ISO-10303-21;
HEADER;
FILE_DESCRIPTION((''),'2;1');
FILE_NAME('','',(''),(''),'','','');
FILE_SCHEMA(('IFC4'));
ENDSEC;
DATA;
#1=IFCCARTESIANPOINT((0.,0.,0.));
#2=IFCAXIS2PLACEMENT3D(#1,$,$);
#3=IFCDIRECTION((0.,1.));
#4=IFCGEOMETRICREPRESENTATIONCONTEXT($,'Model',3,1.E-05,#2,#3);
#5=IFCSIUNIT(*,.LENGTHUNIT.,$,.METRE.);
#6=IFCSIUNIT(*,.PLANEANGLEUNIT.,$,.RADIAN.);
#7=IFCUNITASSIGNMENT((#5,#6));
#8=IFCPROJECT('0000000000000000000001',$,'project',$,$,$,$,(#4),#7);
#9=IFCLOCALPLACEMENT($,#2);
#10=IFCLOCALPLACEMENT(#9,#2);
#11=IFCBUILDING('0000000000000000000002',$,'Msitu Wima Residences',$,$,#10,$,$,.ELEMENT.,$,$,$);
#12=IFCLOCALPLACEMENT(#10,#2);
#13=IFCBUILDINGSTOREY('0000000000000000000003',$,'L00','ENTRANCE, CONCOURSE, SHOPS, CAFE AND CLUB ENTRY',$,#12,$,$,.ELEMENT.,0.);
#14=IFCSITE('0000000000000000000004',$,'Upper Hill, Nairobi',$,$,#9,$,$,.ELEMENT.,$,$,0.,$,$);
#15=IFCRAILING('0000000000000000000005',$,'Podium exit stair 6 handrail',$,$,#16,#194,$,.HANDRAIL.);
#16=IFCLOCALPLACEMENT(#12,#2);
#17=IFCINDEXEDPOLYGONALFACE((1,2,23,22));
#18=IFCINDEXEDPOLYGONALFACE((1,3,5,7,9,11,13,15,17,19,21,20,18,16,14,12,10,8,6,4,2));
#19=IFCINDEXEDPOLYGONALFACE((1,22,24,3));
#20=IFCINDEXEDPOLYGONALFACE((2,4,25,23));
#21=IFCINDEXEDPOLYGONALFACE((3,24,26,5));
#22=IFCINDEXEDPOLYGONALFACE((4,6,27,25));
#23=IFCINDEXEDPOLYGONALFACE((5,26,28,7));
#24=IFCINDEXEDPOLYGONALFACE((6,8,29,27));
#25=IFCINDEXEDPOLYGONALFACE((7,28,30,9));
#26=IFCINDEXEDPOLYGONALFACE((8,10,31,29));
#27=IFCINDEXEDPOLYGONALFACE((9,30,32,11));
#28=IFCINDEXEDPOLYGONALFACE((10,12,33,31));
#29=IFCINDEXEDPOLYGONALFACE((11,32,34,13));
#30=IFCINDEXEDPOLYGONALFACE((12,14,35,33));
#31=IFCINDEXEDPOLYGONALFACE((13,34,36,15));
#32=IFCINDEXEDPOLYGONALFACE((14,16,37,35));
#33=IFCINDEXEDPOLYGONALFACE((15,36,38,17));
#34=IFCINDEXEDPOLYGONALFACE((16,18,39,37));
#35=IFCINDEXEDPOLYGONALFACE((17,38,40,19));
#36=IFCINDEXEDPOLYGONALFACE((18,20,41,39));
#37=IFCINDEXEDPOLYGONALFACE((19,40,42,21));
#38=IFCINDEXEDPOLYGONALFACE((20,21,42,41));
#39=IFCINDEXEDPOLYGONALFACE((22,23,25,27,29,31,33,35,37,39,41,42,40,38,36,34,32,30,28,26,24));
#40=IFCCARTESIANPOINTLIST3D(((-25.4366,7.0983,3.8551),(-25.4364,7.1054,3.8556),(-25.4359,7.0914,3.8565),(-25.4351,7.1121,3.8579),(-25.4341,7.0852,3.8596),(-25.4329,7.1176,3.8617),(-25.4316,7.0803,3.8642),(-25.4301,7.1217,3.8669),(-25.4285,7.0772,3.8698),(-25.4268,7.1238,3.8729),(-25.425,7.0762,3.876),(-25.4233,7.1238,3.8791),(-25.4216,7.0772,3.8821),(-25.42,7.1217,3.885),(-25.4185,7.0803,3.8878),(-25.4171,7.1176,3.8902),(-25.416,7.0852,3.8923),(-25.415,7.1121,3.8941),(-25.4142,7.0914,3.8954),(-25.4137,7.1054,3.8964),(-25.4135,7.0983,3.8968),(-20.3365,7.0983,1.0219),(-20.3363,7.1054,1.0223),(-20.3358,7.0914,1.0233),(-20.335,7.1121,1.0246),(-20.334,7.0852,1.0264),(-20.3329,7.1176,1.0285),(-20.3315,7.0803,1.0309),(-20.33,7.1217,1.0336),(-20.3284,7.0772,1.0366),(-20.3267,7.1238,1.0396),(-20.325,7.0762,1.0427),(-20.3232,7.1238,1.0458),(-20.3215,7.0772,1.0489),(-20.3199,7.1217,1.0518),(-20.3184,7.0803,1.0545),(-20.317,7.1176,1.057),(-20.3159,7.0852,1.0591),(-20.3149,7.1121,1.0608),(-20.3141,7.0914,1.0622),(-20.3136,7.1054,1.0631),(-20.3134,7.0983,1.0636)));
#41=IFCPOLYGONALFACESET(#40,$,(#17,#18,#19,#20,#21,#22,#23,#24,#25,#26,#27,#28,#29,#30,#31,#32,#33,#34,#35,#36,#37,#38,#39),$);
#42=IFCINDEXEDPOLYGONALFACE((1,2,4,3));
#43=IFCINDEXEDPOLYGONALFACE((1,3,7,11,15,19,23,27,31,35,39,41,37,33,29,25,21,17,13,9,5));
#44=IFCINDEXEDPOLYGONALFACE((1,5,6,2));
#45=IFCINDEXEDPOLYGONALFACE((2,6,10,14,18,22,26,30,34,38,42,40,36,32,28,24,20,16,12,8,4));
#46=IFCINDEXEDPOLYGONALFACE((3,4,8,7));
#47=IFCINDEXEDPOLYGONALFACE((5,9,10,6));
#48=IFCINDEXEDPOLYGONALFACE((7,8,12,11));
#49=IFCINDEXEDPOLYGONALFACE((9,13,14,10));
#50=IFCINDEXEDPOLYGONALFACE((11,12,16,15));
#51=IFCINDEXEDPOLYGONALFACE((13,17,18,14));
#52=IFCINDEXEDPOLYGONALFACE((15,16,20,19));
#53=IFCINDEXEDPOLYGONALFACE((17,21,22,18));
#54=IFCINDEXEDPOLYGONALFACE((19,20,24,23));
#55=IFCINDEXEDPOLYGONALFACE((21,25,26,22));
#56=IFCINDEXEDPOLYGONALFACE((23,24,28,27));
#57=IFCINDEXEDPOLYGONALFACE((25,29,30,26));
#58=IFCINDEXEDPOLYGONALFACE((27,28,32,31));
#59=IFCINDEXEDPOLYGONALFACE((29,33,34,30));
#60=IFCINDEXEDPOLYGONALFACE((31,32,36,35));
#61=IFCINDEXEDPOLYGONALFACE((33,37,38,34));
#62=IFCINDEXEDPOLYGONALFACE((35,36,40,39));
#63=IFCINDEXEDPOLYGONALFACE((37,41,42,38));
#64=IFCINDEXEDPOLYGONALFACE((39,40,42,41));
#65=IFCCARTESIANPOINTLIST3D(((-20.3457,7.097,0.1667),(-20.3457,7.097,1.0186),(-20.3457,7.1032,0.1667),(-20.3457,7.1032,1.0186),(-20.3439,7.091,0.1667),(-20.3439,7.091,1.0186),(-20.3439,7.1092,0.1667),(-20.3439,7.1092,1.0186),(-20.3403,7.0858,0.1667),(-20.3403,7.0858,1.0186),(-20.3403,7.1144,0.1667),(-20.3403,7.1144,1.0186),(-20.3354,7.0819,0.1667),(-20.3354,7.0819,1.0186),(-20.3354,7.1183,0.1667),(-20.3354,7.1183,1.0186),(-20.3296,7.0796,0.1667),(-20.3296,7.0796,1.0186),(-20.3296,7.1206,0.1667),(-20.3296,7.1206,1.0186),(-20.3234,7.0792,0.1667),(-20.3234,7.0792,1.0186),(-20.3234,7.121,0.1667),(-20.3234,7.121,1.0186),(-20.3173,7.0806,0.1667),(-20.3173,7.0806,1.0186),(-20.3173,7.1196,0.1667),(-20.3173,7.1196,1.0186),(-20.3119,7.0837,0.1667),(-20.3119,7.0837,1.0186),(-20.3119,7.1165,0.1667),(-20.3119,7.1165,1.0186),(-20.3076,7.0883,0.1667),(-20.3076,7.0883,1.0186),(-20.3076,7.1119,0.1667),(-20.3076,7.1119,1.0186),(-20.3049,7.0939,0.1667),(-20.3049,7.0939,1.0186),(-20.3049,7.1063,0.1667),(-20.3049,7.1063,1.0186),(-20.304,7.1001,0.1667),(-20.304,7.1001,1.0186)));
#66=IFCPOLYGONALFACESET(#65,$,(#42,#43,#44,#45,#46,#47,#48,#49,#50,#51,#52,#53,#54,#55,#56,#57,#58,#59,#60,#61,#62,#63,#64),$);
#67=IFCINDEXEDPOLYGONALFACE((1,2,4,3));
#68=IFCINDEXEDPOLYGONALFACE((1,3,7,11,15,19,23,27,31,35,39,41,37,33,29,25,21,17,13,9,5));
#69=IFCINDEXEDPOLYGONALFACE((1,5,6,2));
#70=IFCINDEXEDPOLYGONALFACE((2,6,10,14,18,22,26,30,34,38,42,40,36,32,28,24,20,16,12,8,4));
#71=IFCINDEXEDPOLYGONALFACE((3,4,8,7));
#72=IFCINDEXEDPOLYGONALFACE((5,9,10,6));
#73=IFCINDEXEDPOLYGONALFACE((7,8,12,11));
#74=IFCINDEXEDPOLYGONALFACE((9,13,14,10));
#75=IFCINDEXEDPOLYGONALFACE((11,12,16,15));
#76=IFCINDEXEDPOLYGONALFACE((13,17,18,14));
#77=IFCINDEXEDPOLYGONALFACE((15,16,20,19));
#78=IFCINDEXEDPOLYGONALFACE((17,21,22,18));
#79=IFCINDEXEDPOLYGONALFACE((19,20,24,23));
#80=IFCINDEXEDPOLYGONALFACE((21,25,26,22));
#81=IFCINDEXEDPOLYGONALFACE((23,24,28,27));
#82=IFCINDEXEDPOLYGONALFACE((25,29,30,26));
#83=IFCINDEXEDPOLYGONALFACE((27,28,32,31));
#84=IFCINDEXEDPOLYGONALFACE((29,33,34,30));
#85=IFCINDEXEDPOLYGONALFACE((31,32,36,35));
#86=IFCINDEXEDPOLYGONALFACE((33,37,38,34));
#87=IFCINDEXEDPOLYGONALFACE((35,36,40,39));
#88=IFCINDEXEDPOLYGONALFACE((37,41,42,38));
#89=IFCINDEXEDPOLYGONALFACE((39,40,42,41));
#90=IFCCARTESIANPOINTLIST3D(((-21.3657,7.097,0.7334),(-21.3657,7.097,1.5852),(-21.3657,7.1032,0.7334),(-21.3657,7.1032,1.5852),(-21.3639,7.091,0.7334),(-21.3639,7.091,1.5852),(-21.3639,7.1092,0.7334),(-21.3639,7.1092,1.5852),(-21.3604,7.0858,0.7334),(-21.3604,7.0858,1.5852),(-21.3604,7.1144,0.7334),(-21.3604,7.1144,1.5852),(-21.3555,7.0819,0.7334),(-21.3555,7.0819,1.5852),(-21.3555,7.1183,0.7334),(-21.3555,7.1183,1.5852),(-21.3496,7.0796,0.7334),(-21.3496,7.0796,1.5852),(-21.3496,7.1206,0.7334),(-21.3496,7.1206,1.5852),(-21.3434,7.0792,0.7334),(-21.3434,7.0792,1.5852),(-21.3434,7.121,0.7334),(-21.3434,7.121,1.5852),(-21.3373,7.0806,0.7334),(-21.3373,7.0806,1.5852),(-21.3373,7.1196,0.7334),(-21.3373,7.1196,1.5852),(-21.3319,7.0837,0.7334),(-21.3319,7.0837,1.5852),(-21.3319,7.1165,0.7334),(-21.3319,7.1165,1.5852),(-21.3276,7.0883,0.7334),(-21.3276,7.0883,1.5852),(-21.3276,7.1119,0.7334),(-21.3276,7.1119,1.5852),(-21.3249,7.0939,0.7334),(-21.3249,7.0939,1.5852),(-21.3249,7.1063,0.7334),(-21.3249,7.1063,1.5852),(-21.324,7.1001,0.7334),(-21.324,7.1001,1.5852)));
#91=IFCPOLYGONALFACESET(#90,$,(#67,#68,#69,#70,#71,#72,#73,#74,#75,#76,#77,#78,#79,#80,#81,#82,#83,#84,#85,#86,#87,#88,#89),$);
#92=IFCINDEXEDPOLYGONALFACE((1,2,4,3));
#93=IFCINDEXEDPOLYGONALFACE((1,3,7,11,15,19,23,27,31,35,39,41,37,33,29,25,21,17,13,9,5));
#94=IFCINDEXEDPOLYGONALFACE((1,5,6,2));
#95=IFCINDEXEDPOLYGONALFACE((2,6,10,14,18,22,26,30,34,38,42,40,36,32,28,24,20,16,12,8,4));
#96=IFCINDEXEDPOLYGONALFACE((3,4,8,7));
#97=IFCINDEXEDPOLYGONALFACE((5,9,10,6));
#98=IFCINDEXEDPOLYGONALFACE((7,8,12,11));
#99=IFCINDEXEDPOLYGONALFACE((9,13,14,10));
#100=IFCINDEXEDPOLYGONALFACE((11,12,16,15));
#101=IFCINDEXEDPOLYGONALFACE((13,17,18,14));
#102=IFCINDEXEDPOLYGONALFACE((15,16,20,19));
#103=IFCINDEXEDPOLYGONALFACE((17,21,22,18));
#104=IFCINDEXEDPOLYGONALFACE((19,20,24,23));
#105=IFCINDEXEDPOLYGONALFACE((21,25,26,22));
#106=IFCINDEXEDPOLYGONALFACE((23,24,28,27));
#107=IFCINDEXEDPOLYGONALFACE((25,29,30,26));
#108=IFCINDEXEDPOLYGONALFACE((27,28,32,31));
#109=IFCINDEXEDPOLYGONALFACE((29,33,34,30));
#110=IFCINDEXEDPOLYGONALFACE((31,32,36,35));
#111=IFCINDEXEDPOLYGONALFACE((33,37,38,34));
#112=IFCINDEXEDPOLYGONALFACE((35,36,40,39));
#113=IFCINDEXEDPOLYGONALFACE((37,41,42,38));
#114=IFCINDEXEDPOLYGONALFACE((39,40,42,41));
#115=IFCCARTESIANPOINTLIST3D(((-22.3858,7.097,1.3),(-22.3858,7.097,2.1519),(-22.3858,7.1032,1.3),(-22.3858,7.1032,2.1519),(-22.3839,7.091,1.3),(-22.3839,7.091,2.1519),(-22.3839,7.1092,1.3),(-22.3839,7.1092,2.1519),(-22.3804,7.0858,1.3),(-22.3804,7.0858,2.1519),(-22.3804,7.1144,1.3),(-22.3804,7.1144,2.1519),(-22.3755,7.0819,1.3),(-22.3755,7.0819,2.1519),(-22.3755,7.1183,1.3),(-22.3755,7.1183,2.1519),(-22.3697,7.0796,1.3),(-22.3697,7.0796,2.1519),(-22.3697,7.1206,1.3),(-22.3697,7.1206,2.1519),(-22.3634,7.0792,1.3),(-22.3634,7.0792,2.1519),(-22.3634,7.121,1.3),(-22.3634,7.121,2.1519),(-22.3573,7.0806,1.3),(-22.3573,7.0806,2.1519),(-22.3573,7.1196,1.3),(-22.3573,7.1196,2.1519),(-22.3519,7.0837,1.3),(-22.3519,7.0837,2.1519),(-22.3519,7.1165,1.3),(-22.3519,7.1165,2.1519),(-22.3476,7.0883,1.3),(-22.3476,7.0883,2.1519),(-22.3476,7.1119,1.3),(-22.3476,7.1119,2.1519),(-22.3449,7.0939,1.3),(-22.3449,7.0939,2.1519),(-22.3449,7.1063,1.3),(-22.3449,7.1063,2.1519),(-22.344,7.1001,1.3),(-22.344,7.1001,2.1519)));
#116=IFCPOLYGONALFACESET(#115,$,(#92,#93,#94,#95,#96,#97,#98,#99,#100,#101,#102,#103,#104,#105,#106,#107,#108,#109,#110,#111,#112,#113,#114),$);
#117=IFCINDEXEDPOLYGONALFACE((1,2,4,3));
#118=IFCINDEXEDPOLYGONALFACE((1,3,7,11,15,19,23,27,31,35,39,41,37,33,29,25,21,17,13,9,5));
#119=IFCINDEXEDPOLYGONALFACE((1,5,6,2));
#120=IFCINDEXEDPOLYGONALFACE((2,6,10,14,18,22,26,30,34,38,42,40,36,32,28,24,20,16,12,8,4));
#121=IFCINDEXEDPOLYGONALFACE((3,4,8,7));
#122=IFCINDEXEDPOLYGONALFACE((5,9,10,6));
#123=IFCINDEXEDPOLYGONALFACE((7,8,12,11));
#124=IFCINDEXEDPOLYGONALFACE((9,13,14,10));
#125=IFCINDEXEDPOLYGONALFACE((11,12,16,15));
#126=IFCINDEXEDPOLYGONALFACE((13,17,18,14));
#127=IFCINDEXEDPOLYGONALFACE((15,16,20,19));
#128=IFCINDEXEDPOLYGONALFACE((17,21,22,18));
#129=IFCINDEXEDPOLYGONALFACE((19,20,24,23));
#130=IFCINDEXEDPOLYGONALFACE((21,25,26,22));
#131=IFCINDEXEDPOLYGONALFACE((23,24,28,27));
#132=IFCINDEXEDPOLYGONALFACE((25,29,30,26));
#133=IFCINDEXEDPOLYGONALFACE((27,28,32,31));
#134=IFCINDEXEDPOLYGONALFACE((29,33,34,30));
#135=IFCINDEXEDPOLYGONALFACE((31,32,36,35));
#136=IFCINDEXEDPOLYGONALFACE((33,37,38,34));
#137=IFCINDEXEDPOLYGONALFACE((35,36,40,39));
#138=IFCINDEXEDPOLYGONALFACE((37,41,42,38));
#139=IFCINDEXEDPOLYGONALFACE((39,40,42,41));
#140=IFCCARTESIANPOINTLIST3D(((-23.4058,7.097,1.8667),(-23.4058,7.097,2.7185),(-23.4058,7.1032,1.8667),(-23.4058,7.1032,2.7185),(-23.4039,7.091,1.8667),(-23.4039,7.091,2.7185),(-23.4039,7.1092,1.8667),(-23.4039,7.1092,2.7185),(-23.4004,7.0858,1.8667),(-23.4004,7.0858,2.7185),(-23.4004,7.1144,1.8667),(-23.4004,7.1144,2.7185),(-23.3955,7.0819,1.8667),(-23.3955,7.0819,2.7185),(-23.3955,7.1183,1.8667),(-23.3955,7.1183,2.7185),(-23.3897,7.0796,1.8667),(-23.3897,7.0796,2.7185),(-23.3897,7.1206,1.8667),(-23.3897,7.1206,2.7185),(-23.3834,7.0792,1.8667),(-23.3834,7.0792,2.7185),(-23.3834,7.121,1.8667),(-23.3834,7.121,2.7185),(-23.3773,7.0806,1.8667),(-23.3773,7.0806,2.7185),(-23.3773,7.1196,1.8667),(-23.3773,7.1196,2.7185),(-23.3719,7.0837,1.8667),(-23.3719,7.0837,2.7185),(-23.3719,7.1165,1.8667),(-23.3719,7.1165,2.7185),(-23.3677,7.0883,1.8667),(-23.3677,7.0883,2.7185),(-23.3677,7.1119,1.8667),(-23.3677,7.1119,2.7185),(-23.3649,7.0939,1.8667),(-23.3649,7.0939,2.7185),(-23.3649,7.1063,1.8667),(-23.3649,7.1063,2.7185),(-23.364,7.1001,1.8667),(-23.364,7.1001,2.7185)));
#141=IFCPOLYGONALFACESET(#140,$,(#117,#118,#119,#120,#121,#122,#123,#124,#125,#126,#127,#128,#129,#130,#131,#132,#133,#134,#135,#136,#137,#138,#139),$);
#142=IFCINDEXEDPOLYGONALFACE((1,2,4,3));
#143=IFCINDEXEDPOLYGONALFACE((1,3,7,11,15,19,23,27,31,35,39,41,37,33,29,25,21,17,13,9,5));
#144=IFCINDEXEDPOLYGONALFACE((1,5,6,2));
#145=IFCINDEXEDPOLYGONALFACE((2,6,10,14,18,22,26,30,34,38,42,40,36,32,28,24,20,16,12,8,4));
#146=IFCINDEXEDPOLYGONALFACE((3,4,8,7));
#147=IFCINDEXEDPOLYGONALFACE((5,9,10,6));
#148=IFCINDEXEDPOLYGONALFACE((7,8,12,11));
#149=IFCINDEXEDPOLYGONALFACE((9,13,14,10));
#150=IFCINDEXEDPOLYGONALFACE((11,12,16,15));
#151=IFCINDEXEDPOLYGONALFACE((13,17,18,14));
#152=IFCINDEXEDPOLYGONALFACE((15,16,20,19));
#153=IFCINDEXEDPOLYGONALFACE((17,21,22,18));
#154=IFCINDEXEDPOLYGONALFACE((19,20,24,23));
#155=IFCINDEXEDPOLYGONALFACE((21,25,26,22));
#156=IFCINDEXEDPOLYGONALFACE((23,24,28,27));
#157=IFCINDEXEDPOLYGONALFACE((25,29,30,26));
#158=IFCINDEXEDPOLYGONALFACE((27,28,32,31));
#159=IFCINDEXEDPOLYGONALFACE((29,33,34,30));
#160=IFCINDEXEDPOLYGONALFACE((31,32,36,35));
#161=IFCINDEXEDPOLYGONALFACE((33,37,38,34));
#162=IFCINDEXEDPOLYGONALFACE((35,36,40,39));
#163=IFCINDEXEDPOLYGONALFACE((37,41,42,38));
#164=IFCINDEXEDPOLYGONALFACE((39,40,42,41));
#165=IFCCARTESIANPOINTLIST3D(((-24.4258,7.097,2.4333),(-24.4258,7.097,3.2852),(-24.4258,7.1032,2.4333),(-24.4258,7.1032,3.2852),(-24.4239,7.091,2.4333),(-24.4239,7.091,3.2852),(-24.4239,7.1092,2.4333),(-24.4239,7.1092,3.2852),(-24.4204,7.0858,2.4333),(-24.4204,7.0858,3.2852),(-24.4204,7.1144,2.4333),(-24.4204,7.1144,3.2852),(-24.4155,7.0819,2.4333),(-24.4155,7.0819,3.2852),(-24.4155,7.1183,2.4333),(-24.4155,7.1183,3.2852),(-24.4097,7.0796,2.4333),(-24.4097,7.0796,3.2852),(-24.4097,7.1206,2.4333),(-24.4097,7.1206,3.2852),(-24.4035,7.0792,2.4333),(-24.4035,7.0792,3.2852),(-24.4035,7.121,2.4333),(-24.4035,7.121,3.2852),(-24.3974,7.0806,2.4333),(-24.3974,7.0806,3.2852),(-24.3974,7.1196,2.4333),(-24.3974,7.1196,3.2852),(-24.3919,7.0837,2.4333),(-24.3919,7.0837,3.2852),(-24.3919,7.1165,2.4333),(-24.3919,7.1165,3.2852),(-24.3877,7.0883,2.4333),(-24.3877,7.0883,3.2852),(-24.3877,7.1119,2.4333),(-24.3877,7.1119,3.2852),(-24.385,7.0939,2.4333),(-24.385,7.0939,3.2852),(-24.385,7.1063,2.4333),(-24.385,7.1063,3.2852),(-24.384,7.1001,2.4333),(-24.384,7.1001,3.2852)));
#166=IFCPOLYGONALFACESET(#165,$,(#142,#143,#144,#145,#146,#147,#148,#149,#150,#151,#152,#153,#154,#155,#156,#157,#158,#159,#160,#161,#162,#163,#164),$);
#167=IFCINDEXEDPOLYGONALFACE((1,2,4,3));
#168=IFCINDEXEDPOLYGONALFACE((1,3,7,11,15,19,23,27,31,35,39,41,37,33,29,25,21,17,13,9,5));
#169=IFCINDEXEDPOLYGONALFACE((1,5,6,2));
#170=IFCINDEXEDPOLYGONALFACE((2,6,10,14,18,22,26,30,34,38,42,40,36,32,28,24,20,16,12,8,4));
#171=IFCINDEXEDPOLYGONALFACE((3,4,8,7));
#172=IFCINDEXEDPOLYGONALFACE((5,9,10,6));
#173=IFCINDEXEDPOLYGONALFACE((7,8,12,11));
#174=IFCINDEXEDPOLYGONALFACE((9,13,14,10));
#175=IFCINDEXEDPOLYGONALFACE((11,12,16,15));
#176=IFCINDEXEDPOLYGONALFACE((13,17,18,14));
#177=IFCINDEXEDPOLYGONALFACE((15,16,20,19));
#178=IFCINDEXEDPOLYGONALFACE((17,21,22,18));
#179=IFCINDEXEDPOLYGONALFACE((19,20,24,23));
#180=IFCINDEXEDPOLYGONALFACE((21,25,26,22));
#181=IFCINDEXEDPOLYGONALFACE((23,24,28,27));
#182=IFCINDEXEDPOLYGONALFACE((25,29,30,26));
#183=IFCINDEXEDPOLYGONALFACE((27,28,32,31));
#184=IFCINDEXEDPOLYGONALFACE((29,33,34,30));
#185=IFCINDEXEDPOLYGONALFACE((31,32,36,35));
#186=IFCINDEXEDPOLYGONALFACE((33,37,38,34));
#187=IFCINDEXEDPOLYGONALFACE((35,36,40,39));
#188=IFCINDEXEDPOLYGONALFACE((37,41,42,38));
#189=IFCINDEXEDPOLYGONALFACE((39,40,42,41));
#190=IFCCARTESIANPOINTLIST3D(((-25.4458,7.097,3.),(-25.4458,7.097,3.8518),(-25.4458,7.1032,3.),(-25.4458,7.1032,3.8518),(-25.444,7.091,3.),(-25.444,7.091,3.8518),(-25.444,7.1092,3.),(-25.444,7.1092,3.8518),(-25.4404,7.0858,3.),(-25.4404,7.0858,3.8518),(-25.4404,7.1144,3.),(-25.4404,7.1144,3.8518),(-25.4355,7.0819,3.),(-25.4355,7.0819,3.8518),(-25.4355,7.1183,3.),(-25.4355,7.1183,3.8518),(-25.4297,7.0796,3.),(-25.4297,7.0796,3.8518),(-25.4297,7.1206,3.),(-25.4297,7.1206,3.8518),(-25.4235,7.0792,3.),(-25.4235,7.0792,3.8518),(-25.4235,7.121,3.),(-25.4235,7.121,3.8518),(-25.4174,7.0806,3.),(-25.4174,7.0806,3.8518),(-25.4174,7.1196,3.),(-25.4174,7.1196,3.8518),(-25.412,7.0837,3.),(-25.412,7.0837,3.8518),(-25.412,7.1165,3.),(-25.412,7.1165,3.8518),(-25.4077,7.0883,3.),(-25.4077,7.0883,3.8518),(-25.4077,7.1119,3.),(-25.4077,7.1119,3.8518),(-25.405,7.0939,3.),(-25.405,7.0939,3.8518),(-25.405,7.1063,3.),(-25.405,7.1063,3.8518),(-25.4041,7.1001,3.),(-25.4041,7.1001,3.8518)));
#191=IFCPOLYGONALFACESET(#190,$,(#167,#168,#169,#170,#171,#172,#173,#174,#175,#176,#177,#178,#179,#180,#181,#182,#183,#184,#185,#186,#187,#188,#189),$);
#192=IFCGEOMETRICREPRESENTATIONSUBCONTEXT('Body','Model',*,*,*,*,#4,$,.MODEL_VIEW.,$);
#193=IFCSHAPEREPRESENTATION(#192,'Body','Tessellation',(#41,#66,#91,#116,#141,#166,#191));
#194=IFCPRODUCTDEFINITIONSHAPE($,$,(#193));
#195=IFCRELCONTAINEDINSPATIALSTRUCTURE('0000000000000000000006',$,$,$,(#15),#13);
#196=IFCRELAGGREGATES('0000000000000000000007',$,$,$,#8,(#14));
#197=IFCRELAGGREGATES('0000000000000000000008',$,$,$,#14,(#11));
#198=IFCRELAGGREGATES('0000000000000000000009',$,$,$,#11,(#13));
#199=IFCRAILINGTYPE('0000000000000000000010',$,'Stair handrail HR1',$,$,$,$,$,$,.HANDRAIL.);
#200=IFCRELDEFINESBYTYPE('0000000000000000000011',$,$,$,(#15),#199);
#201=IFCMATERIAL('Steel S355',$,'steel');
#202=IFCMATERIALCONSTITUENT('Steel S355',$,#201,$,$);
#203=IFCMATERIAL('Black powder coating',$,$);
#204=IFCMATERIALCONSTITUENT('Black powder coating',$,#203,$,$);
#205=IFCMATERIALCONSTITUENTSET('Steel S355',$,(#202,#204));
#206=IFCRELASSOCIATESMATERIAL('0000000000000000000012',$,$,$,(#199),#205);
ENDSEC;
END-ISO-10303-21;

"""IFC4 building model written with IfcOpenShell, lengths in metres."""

from ifc_helpers import new_model, si_unit, direction, frame, origin, origin_2d, place, context, subcontext, project, spatial, circle, extrude, material, constituent, constituent_set, type_object, element, save


model = new_model("IFC4")

# Units and contexts
model_context = context("Model", 3, precision=1e-05, world=origin(), true_north=direction((0.0, 1.0)))
body_context = subcontext(model_context, "Body", "Model", "MODEL_VIEW")
ifc_project = project(units=[si_unit("LENGTHUNIT", "METRE"), si_unit("PLANEANGLEUNIT", "RADIAN")], contexts=[model_context])

# Site, building, storey
site_placement = place(None, origin())
site = spatial("IfcSite", under=ifc_project, at=site_placement, Name="Upper Hill, Nairobi", CompositionType="ELEMENT", RefElevation=0.0)
building_placement = place(site_placement, origin())
building = spatial("IfcBuilding", under=site, at=building_placement, Name="Msitu Wima Residences", CompositionType="ELEMENT")
storey_placement = place(building_placement, origin())
storey = spatial("IfcBuildingStorey", under=building, at=storey_placement, Name="L00", Description="ENTRANCE, CONCOURSE, SHOPS, CAFE AND CLUB ENTRY", CompositionType="ELEMENT", Elevation=0.0)

# Railing
ifc_material_1 = material(Name="Steel S355", Category="steel")
ifc_constituent_1 = constituent(ifc_material_1, Name="Steel S355")
ifc_material_2 = material(Name="Black powder coating")
ifc_constituent_2 = constituent(ifc_material_2, Name="Black powder coating")
ifc_constituent_set = constituent_set(constituents=[ifc_constituent_1, ifc_constituent_2], Name="Steel S355")
railing_type = type_object("IfcRailingType", Name="Stair handrail HR1", PredefinedType="HANDRAIL", material=ifc_constituent_set)
for number, where, name in (
    (1, (-20.325, 7.1001, 0.1667), "Podium exit stair 6 handrail"),
):
    element("IfcRailing", number, at=place(storey_placement, frame(where)), inside=storey, type_object=railing_type, Name=name, PredefinedType="HANDRAIL", context=body_context, shape_type="SweptSolid", body=[
        extrude(circle(Radius=0.0239, at=origin_2d()), frame((0.0, 0.0, 0.876), z_axis=(-0.874167, 0.0, 0.485625), x_axis=(0.0, -1.0, 0.0)), (0.0, 0.0, 1.0), 5.8342),
        extrude(circle(Radius=0.021, at=origin_2d()), origin(), (0.0, 0.0, 1.0), 0.8518),
        extrude(circle(Radius=0.021, at=origin_2d()), frame((-1.02, 0.0, 0.5667)), (0.0, 0.0, 1.0), 0.8518),
        extrude(circle(Radius=0.021, at=origin_2d()), frame((-2.04, 0.0, 1.1333)), (0.0, 0.0, 1.0), 0.8518),
        extrude(circle(Radius=0.021, at=origin_2d()), frame((-3.0601, 0.0, 1.7)), (0.0, 0.0, 1.0), 0.8518),
        extrude(circle(Radius=0.021, at=origin_2d()), frame((-4.0801, 0.0, 2.2666)), (0.0, 0.0, 1.0), 0.8518),
        extrude(circle(Radius=0.021, at=origin_2d()), frame((-5.1001, 0.0, 2.8333)), (0.0, 0.0, 1.0), 0.8518),
    ])

save(model, "model.ifc")
